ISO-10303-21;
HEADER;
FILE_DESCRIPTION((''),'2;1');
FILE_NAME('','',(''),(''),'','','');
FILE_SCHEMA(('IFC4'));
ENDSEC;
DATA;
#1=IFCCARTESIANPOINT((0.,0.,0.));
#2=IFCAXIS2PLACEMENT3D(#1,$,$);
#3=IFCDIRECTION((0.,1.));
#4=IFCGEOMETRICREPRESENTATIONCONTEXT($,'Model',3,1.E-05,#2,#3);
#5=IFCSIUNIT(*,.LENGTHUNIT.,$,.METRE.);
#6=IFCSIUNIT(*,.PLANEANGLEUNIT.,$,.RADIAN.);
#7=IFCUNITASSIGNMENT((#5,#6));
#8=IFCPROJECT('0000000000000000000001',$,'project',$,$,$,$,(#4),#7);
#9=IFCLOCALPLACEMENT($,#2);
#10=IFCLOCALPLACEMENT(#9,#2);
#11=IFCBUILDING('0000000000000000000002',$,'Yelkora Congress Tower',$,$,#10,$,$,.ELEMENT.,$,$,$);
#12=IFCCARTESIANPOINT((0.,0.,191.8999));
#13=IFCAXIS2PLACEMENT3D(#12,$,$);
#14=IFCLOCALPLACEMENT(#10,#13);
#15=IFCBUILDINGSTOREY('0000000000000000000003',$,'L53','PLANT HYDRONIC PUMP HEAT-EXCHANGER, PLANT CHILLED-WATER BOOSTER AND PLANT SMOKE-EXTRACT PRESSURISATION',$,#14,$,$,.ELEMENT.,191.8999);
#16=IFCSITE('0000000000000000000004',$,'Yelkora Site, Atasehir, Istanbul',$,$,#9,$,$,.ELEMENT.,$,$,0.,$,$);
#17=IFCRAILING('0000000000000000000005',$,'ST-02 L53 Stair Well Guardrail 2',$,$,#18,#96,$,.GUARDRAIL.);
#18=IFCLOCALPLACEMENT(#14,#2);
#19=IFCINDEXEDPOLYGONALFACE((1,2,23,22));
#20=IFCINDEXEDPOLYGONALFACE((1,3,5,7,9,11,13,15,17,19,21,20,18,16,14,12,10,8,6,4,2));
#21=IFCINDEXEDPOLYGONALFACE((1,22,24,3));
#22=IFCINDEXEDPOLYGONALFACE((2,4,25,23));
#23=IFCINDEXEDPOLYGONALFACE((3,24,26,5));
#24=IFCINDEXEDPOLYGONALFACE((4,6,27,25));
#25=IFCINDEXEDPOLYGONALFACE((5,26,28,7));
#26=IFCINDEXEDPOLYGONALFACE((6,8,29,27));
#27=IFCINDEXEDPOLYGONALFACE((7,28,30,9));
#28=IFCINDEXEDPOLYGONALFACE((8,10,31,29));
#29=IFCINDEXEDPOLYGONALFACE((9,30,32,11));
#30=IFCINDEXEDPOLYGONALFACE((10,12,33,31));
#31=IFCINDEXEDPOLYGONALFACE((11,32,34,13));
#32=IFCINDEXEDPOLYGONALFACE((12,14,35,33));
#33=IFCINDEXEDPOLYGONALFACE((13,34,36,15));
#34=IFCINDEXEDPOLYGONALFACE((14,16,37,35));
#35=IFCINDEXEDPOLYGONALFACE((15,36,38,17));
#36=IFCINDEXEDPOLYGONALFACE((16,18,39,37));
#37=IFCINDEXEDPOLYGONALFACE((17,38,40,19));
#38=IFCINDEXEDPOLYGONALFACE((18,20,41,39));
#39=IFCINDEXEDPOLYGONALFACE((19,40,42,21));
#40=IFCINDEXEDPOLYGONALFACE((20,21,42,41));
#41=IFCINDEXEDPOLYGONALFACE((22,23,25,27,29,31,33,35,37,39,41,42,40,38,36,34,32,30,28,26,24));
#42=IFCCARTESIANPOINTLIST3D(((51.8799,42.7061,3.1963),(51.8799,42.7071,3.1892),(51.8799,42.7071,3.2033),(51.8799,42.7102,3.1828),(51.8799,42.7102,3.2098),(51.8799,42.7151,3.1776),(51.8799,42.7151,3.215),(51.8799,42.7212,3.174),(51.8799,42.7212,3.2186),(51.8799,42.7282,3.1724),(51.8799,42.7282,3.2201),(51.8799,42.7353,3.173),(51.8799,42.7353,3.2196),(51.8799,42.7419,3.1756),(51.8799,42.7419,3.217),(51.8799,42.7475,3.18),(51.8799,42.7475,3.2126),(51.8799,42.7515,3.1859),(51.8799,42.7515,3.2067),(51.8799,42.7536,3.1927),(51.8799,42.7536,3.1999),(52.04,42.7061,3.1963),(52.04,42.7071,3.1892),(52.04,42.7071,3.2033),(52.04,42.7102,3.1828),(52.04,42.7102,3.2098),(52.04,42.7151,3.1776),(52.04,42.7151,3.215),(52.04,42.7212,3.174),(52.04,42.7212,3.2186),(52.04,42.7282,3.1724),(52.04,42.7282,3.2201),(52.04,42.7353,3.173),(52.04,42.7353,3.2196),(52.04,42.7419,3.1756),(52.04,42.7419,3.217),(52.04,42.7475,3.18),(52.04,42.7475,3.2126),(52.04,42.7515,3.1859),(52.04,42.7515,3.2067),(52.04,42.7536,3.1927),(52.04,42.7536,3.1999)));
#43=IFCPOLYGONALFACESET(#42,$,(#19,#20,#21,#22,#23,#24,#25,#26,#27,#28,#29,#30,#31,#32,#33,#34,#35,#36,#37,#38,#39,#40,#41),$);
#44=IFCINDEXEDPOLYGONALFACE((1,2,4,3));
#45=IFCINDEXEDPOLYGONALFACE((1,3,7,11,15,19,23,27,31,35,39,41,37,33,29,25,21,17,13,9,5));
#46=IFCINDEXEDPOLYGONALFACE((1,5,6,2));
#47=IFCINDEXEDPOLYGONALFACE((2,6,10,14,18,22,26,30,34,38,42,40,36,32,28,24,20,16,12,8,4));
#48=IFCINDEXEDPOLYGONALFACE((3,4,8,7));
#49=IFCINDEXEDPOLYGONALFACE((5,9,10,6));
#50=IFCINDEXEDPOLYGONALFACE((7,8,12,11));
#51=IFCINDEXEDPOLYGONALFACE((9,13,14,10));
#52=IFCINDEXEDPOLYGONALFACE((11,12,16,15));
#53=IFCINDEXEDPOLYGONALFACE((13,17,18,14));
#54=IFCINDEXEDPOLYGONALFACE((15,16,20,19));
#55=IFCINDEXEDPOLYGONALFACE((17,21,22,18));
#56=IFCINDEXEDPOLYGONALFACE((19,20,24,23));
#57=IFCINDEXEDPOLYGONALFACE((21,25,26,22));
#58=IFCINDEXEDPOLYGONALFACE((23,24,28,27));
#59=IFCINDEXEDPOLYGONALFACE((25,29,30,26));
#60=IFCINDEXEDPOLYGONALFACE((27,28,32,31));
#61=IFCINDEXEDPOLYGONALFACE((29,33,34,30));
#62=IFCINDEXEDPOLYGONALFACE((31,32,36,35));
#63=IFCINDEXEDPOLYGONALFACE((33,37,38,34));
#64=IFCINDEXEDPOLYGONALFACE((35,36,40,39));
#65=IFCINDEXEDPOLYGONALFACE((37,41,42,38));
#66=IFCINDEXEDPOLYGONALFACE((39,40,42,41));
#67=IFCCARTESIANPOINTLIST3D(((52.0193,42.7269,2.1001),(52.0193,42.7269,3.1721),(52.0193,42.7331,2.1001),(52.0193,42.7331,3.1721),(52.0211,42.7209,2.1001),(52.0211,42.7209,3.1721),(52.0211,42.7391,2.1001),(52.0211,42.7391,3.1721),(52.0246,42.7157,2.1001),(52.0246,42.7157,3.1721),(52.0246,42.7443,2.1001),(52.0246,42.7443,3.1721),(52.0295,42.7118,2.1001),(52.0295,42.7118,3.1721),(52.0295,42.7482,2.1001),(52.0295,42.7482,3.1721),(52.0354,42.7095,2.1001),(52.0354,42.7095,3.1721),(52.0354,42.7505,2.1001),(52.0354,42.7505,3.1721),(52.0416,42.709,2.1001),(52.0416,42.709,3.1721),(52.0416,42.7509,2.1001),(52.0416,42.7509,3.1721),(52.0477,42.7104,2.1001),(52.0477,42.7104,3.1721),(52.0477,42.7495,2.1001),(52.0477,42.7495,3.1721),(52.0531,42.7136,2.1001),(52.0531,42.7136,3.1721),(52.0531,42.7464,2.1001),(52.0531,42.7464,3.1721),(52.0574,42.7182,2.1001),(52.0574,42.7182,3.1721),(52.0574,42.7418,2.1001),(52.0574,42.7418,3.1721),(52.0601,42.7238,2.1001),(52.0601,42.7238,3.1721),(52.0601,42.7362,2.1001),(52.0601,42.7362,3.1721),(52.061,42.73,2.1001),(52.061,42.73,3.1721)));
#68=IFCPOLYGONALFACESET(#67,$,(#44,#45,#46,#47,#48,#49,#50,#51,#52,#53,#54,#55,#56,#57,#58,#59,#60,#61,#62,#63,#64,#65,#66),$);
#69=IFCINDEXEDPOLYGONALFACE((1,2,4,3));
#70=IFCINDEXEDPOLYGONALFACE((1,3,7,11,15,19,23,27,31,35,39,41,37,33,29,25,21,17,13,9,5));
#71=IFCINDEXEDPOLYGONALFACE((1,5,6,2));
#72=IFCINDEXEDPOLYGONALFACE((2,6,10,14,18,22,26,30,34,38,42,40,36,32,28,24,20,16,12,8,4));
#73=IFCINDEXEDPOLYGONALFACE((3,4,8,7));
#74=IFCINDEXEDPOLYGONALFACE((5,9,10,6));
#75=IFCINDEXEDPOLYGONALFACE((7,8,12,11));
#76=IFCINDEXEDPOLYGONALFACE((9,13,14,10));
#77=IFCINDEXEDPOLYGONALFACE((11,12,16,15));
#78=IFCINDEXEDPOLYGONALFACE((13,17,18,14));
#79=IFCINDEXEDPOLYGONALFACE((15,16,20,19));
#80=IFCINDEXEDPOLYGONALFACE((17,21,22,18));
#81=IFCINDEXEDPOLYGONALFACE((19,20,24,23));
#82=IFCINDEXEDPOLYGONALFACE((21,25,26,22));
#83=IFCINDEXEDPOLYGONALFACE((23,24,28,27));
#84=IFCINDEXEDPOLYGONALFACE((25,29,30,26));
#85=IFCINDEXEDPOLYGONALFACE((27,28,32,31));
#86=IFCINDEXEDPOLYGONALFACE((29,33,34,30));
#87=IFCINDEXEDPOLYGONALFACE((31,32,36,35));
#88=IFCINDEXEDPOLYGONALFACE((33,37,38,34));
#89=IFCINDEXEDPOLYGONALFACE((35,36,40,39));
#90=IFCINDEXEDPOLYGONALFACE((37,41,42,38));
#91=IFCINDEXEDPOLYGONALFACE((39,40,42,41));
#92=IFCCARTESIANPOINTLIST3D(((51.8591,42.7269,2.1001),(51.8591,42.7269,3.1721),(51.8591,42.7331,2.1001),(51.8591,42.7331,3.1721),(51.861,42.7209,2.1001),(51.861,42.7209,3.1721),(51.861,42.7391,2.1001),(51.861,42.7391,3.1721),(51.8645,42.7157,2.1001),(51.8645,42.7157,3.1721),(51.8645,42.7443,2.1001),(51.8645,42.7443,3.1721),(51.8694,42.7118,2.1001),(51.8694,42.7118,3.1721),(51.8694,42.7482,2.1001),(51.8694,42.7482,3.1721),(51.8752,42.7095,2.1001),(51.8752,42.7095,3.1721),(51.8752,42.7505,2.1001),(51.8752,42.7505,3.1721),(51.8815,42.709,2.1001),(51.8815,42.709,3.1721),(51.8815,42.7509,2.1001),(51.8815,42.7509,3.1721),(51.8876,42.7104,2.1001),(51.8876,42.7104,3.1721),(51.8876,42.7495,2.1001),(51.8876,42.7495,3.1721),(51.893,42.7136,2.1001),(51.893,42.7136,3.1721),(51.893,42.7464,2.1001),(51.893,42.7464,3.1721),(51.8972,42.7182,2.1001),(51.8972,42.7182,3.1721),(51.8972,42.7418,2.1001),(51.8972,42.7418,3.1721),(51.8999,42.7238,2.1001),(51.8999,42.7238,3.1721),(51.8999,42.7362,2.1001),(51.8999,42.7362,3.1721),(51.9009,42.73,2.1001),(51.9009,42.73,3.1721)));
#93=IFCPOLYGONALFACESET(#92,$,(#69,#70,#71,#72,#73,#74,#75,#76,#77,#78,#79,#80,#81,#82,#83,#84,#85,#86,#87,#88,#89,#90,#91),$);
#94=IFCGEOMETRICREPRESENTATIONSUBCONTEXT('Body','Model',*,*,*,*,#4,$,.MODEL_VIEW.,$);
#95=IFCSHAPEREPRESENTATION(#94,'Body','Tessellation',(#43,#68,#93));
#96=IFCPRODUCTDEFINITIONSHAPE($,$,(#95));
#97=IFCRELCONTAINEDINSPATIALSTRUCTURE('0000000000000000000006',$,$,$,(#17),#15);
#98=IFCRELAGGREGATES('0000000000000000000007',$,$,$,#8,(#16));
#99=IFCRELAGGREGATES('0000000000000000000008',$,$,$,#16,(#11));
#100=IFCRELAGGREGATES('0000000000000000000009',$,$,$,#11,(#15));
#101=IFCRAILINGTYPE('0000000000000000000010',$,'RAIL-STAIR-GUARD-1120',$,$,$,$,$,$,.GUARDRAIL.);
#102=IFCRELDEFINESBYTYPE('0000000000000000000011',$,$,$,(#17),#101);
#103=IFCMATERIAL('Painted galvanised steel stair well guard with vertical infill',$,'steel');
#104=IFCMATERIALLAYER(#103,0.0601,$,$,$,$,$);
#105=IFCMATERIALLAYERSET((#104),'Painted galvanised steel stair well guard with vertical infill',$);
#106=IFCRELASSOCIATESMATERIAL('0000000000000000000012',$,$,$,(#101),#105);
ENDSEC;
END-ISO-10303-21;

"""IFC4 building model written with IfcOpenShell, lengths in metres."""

from ifc_helpers import new_model, si_unit, direction, frame, origin, origin_2d, place, context, subcontext, project, spatial, circle, extrude, material, layer, layer_set, type_object, element, save


model = new_model("IFC4")

# Units and contexts
model_context = context("Model", 3, precision=1e-05, world=origin(), true_north=direction((0.0, 1.0)))
body_context = subcontext(model_context, "Body", "Model", "MODEL_VIEW")
ifc_project = project(units=[si_unit("LENGTHUNIT", "METRE"), si_unit("PLANEANGLEUNIT", "RADIAN")], contexts=[model_context])

# Site, building, storey
site_placement = place(None, origin())
site = spatial("IfcSite", under=ifc_project, at=site_placement, Name="Yelkora Site, Atasehir, Istanbul", CompositionType="ELEMENT", RefElevation=0.0)
building_placement = place(site_placement, origin())
building = spatial("IfcBuilding", under=site, at=building_placement, Name="Yelkora Congress Tower", CompositionType="ELEMENT")
storey_placement = place(building_placement, frame((0.0, 0.0, 191.8999)))
storey = spatial("IfcBuildingStorey", under=building, at=storey_placement, Name="L53", Description="PLANT HYDRONIC PUMP HEAT-EXCHANGER, PLANT CHILLED-WATER BOOSTER AND PLANT SMOKE-EXTRACT PRESSURISATION", CompositionType="ELEMENT", Elevation=191.8999)

# Railing
ifc_material_1 = material(Name="Painted galvanised steel stair well guard with vertical infill", Category="steel")
ifc_layer_1 = layer(ifc_material_1, 0.0601)
ifc_layer_set_1 = layer_set([ifc_layer_1], Name="Painted galvanised steel stair well guard with vertical infill")
railing_type_1 = type_object("IfcRailingType", Name="RAIL-STAIR-GUARD-1120", PredefinedType="GUARDRAIL", material=ifc_layer_set_1)
railing_1_placement = place(storey_placement, frame((52.04, 42.73, 2.1001)))
element("IfcRailing", 1, at=railing_1_placement, inside=storey, type_object=railing_type_1, Name="ST-02 L53 Stair Well Guardrail 2", PredefinedType="GUARDRAIL", context=body_context, shape_type="SweptSolid", body=[
    extrude(circle(Radius=0.0239, at=origin_2d()), frame((0.0, 0.0, 1.0962), z_axis=(-1.0, 0.0, 0.0), x_axis=(0.0, -1.0, 0.0)), (0.0, 0.0, 1.0), 0.1602),
    extrude(circle(Radius=0.021, at=origin_2d()), origin(), (0.0, 0.0, 1.0), 1.072),
    extrude(circle(Radius=0.021, at=origin_2d()), frame((-0.1602, 0.0, 0.0)), (0.0, 0.0, 1.0), 1.072),
])

save(model, "model.ifc")
